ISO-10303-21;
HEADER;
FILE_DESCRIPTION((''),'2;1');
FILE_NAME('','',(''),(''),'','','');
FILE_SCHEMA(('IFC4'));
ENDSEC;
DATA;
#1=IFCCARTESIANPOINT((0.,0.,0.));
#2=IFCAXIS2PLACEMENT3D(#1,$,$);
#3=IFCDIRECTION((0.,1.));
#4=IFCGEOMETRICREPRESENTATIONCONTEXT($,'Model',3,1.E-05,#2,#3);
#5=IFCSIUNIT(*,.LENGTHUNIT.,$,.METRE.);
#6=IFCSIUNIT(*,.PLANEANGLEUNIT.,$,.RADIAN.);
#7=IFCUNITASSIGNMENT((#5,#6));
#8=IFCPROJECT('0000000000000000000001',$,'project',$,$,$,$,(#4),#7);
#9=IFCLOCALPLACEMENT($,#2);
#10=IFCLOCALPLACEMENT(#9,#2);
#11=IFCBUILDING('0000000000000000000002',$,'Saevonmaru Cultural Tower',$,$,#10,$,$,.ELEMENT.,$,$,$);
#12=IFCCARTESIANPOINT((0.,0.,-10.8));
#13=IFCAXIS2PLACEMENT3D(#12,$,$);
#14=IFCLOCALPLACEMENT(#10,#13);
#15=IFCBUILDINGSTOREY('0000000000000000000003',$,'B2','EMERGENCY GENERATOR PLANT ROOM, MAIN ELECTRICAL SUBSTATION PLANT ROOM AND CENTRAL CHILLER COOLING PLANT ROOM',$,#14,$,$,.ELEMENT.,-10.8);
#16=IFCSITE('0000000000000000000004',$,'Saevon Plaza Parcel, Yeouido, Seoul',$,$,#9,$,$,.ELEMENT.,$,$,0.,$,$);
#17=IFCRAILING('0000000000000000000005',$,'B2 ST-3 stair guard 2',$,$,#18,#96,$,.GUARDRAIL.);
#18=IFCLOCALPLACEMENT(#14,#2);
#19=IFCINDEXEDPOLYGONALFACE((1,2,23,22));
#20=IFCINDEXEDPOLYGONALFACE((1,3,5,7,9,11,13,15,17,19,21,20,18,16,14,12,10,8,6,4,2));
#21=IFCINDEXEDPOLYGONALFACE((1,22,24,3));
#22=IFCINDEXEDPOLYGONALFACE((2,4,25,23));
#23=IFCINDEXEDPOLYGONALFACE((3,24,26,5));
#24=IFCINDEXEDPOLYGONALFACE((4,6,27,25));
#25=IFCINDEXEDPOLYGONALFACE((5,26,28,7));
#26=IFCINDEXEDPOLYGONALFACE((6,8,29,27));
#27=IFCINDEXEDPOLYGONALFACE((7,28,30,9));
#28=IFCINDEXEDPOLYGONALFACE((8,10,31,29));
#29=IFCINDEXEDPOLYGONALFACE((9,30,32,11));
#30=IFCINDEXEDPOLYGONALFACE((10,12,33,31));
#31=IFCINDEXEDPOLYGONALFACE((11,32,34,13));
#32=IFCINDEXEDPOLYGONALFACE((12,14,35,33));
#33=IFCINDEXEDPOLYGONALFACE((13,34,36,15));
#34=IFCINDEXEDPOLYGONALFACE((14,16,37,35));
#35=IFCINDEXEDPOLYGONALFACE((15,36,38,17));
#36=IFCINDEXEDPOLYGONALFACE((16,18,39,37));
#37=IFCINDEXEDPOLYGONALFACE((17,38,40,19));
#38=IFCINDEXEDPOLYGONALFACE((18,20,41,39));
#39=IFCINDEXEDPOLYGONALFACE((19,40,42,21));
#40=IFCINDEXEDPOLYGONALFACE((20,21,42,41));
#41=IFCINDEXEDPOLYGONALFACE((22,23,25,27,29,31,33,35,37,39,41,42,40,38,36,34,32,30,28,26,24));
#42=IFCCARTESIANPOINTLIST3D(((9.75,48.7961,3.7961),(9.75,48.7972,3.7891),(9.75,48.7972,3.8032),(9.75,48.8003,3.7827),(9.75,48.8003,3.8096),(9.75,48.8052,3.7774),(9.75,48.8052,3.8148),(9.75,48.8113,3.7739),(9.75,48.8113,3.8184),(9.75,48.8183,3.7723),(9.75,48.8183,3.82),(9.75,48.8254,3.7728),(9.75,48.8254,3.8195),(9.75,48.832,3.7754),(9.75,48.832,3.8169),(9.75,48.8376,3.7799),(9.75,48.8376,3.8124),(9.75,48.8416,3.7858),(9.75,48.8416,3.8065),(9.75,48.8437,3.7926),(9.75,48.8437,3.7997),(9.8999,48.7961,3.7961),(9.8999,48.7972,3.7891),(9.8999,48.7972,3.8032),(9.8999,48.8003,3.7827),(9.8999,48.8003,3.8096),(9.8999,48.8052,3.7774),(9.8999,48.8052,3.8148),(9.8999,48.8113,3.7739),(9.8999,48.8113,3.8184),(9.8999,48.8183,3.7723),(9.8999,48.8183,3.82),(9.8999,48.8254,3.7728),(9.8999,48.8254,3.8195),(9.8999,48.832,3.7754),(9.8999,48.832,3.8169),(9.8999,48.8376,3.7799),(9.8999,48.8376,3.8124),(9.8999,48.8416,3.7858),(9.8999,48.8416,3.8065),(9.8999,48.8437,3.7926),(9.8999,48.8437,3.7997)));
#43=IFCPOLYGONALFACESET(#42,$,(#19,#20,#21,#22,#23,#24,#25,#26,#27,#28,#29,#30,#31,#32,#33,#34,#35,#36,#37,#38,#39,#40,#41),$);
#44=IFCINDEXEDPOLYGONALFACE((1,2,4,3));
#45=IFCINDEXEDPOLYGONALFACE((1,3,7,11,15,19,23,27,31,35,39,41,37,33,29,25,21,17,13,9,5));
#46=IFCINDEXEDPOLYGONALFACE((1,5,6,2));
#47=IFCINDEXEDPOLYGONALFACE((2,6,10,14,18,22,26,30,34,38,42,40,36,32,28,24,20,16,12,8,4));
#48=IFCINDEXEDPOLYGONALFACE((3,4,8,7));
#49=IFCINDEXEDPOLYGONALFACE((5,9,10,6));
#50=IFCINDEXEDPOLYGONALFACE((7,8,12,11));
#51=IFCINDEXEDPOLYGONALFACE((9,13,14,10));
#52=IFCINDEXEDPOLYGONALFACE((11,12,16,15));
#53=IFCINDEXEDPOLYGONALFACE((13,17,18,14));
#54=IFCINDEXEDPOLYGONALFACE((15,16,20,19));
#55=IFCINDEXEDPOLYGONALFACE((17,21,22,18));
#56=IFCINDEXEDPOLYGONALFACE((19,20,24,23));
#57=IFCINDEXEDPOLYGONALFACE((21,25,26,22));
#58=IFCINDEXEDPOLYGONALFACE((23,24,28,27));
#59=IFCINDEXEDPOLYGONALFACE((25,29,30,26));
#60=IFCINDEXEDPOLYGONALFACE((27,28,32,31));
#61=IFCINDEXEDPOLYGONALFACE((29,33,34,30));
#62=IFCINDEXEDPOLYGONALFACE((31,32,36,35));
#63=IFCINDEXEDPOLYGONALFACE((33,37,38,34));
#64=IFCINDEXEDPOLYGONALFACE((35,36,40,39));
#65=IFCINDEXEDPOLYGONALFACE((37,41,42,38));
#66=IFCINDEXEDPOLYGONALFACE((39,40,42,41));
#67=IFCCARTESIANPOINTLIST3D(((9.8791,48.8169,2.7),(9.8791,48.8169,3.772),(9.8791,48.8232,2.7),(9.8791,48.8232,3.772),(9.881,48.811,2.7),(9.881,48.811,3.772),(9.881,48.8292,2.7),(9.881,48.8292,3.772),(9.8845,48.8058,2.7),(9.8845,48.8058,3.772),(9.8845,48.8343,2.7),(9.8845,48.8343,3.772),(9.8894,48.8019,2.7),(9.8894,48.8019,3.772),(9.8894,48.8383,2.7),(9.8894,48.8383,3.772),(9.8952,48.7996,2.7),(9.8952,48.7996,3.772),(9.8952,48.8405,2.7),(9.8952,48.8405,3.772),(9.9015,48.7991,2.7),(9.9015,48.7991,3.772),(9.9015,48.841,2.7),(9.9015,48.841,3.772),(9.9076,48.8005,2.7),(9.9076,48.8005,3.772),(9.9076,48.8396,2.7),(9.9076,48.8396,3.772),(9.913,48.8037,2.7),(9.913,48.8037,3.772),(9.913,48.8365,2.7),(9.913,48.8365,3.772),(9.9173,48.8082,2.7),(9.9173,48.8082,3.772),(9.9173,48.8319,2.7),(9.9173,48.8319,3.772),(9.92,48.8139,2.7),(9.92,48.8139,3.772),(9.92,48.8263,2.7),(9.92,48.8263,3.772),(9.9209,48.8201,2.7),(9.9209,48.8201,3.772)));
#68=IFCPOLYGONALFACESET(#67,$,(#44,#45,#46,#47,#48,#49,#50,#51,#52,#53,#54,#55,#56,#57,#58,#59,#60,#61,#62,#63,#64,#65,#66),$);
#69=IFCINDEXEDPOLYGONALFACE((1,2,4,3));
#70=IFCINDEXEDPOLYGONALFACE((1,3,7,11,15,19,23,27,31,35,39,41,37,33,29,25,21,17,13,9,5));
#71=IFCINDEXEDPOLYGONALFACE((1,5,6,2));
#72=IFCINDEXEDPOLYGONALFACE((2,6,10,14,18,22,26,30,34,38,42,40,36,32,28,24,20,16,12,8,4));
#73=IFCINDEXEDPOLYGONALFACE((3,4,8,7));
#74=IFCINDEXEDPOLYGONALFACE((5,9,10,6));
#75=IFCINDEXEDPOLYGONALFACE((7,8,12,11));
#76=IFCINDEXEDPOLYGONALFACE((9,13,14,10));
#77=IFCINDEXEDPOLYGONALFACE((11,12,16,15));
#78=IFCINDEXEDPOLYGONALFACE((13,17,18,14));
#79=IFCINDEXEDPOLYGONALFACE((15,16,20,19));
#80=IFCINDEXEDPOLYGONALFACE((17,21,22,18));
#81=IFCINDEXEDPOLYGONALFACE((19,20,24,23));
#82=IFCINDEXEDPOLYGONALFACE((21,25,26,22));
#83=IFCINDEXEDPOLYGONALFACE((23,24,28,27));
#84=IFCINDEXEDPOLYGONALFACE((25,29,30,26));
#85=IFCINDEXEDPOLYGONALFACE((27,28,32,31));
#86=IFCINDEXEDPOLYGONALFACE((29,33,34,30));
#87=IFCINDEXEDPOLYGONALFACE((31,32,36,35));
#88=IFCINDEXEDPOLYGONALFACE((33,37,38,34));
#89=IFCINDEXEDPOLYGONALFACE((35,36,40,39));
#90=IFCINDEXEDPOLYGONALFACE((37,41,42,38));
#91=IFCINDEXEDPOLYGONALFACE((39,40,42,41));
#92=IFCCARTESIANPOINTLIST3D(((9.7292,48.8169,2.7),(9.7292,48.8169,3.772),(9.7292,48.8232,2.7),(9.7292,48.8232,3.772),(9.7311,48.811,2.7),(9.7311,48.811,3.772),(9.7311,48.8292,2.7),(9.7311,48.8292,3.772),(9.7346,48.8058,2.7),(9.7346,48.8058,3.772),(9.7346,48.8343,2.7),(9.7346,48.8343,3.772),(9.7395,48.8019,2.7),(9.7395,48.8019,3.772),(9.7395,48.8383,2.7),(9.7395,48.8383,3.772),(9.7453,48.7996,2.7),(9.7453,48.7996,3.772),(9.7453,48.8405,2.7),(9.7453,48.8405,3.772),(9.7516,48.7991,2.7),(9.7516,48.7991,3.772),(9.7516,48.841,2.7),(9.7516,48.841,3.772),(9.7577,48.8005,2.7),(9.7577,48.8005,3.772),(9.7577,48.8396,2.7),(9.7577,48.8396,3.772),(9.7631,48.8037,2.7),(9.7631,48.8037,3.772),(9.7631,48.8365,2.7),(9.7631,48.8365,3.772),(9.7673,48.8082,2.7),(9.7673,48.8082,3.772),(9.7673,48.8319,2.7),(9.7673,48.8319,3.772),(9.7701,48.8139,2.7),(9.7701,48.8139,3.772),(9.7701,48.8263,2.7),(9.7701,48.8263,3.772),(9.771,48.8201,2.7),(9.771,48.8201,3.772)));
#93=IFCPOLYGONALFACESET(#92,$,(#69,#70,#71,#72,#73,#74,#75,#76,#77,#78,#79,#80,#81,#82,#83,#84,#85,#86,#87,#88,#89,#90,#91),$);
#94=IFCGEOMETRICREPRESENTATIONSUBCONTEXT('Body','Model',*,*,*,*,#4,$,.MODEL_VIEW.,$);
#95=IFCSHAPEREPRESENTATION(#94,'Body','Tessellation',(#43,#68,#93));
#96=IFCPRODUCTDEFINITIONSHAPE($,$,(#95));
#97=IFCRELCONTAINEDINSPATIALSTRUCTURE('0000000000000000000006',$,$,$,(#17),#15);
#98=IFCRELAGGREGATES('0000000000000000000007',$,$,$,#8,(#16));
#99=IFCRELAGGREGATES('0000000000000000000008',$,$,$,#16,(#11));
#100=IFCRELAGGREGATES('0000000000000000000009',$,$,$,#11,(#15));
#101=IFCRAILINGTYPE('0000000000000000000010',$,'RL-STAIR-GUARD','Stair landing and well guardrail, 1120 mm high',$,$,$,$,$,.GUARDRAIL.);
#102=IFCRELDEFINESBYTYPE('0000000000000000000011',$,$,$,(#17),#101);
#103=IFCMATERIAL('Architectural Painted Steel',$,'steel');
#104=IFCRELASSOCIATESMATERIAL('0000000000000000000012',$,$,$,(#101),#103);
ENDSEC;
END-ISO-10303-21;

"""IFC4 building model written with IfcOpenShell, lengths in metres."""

from ifc_helpers import new_model, si_unit, direction, frame, origin, origin_2d, place, context, subcontext, project, spatial, circle, extrude, material, type_object, element, save


model = new_model("IFC4")

# Units and contexts
model_context = context("Model", 3, precision=1e-05, world=origin(), true_north=direction((0.0, 1.0)))
body_context = subcontext(model_context, "Body", "Model", "MODEL_VIEW")
ifc_project = project(units=[si_unit("LENGTHUNIT", "METRE"), si_unit("PLANEANGLEUNIT", "RADIAN")], contexts=[model_context])

# Site, building, storey
site_placement = place(None, origin())
site = spatial("IfcSite", under=ifc_project, at=site_placement, Name="Saevon Plaza Parcel, Yeouido, Seoul", CompositionType="ELEMENT", RefElevation=0.0)
building_placement = place(site_placement, origin())
building = spatial("IfcBuilding", under=site, at=building_placement, Name="Saevonmaru Cultural Tower", CompositionType="ELEMENT")
storey_placement = place(building_placement, frame((0.0, 0.0, -10.8)))
storey = spatial("IfcBuildingStorey", under=building, at=storey_placement, Name="B2", Description="EMERGENCY GENERATOR PLANT ROOM, MAIN ELECTRICAL SUBSTATION PLANT ROOM AND CENTRAL CHILLER COOLING PLANT ROOM", CompositionType="ELEMENT", Elevation=-10.8)

# Railing
ifc_material_1 = material(Name="Architectural Painted Steel", Category="steel")
railing_type_1 = type_object("IfcRailingType", Name="RL-STAIR-GUARD", Description="Stair landing and well guardrail, 1120 mm high", PredefinedType="GUARDRAIL", material=ifc_material_1)
railing_1_placement = place(storey_placement, frame((9.8999, 48.8201, 2.7)))
element("IfcRailing", 1, at=railing_1_placement, inside=storey, type_object=railing_type_1, Name="B2 ST-3 stair guard 2", PredefinedType="GUARDRAIL", context=body_context, shape_type="SweptSolid", body=[
    extrude(circle(Radius=0.0239, at=origin_2d()), frame((0.0, 0.0, 1.0962), z_axis=(-1.0, 0.0, 0.0), x_axis=(0.0, -1.0, 0.0)), (0.0, 0.0, 1.0), 0.1499),
    extrude(circle(Radius=0.021, at=origin_2d()), origin(), (0.0, 0.0, 1.0), 1.072),
    extrude(circle(Radius=0.021, at=origin_2d()), frame((-0.1499, 0.0, 0.0)), (0.0, 0.0, 1.0), 1.072),
])

save(model, "model.ifc")
